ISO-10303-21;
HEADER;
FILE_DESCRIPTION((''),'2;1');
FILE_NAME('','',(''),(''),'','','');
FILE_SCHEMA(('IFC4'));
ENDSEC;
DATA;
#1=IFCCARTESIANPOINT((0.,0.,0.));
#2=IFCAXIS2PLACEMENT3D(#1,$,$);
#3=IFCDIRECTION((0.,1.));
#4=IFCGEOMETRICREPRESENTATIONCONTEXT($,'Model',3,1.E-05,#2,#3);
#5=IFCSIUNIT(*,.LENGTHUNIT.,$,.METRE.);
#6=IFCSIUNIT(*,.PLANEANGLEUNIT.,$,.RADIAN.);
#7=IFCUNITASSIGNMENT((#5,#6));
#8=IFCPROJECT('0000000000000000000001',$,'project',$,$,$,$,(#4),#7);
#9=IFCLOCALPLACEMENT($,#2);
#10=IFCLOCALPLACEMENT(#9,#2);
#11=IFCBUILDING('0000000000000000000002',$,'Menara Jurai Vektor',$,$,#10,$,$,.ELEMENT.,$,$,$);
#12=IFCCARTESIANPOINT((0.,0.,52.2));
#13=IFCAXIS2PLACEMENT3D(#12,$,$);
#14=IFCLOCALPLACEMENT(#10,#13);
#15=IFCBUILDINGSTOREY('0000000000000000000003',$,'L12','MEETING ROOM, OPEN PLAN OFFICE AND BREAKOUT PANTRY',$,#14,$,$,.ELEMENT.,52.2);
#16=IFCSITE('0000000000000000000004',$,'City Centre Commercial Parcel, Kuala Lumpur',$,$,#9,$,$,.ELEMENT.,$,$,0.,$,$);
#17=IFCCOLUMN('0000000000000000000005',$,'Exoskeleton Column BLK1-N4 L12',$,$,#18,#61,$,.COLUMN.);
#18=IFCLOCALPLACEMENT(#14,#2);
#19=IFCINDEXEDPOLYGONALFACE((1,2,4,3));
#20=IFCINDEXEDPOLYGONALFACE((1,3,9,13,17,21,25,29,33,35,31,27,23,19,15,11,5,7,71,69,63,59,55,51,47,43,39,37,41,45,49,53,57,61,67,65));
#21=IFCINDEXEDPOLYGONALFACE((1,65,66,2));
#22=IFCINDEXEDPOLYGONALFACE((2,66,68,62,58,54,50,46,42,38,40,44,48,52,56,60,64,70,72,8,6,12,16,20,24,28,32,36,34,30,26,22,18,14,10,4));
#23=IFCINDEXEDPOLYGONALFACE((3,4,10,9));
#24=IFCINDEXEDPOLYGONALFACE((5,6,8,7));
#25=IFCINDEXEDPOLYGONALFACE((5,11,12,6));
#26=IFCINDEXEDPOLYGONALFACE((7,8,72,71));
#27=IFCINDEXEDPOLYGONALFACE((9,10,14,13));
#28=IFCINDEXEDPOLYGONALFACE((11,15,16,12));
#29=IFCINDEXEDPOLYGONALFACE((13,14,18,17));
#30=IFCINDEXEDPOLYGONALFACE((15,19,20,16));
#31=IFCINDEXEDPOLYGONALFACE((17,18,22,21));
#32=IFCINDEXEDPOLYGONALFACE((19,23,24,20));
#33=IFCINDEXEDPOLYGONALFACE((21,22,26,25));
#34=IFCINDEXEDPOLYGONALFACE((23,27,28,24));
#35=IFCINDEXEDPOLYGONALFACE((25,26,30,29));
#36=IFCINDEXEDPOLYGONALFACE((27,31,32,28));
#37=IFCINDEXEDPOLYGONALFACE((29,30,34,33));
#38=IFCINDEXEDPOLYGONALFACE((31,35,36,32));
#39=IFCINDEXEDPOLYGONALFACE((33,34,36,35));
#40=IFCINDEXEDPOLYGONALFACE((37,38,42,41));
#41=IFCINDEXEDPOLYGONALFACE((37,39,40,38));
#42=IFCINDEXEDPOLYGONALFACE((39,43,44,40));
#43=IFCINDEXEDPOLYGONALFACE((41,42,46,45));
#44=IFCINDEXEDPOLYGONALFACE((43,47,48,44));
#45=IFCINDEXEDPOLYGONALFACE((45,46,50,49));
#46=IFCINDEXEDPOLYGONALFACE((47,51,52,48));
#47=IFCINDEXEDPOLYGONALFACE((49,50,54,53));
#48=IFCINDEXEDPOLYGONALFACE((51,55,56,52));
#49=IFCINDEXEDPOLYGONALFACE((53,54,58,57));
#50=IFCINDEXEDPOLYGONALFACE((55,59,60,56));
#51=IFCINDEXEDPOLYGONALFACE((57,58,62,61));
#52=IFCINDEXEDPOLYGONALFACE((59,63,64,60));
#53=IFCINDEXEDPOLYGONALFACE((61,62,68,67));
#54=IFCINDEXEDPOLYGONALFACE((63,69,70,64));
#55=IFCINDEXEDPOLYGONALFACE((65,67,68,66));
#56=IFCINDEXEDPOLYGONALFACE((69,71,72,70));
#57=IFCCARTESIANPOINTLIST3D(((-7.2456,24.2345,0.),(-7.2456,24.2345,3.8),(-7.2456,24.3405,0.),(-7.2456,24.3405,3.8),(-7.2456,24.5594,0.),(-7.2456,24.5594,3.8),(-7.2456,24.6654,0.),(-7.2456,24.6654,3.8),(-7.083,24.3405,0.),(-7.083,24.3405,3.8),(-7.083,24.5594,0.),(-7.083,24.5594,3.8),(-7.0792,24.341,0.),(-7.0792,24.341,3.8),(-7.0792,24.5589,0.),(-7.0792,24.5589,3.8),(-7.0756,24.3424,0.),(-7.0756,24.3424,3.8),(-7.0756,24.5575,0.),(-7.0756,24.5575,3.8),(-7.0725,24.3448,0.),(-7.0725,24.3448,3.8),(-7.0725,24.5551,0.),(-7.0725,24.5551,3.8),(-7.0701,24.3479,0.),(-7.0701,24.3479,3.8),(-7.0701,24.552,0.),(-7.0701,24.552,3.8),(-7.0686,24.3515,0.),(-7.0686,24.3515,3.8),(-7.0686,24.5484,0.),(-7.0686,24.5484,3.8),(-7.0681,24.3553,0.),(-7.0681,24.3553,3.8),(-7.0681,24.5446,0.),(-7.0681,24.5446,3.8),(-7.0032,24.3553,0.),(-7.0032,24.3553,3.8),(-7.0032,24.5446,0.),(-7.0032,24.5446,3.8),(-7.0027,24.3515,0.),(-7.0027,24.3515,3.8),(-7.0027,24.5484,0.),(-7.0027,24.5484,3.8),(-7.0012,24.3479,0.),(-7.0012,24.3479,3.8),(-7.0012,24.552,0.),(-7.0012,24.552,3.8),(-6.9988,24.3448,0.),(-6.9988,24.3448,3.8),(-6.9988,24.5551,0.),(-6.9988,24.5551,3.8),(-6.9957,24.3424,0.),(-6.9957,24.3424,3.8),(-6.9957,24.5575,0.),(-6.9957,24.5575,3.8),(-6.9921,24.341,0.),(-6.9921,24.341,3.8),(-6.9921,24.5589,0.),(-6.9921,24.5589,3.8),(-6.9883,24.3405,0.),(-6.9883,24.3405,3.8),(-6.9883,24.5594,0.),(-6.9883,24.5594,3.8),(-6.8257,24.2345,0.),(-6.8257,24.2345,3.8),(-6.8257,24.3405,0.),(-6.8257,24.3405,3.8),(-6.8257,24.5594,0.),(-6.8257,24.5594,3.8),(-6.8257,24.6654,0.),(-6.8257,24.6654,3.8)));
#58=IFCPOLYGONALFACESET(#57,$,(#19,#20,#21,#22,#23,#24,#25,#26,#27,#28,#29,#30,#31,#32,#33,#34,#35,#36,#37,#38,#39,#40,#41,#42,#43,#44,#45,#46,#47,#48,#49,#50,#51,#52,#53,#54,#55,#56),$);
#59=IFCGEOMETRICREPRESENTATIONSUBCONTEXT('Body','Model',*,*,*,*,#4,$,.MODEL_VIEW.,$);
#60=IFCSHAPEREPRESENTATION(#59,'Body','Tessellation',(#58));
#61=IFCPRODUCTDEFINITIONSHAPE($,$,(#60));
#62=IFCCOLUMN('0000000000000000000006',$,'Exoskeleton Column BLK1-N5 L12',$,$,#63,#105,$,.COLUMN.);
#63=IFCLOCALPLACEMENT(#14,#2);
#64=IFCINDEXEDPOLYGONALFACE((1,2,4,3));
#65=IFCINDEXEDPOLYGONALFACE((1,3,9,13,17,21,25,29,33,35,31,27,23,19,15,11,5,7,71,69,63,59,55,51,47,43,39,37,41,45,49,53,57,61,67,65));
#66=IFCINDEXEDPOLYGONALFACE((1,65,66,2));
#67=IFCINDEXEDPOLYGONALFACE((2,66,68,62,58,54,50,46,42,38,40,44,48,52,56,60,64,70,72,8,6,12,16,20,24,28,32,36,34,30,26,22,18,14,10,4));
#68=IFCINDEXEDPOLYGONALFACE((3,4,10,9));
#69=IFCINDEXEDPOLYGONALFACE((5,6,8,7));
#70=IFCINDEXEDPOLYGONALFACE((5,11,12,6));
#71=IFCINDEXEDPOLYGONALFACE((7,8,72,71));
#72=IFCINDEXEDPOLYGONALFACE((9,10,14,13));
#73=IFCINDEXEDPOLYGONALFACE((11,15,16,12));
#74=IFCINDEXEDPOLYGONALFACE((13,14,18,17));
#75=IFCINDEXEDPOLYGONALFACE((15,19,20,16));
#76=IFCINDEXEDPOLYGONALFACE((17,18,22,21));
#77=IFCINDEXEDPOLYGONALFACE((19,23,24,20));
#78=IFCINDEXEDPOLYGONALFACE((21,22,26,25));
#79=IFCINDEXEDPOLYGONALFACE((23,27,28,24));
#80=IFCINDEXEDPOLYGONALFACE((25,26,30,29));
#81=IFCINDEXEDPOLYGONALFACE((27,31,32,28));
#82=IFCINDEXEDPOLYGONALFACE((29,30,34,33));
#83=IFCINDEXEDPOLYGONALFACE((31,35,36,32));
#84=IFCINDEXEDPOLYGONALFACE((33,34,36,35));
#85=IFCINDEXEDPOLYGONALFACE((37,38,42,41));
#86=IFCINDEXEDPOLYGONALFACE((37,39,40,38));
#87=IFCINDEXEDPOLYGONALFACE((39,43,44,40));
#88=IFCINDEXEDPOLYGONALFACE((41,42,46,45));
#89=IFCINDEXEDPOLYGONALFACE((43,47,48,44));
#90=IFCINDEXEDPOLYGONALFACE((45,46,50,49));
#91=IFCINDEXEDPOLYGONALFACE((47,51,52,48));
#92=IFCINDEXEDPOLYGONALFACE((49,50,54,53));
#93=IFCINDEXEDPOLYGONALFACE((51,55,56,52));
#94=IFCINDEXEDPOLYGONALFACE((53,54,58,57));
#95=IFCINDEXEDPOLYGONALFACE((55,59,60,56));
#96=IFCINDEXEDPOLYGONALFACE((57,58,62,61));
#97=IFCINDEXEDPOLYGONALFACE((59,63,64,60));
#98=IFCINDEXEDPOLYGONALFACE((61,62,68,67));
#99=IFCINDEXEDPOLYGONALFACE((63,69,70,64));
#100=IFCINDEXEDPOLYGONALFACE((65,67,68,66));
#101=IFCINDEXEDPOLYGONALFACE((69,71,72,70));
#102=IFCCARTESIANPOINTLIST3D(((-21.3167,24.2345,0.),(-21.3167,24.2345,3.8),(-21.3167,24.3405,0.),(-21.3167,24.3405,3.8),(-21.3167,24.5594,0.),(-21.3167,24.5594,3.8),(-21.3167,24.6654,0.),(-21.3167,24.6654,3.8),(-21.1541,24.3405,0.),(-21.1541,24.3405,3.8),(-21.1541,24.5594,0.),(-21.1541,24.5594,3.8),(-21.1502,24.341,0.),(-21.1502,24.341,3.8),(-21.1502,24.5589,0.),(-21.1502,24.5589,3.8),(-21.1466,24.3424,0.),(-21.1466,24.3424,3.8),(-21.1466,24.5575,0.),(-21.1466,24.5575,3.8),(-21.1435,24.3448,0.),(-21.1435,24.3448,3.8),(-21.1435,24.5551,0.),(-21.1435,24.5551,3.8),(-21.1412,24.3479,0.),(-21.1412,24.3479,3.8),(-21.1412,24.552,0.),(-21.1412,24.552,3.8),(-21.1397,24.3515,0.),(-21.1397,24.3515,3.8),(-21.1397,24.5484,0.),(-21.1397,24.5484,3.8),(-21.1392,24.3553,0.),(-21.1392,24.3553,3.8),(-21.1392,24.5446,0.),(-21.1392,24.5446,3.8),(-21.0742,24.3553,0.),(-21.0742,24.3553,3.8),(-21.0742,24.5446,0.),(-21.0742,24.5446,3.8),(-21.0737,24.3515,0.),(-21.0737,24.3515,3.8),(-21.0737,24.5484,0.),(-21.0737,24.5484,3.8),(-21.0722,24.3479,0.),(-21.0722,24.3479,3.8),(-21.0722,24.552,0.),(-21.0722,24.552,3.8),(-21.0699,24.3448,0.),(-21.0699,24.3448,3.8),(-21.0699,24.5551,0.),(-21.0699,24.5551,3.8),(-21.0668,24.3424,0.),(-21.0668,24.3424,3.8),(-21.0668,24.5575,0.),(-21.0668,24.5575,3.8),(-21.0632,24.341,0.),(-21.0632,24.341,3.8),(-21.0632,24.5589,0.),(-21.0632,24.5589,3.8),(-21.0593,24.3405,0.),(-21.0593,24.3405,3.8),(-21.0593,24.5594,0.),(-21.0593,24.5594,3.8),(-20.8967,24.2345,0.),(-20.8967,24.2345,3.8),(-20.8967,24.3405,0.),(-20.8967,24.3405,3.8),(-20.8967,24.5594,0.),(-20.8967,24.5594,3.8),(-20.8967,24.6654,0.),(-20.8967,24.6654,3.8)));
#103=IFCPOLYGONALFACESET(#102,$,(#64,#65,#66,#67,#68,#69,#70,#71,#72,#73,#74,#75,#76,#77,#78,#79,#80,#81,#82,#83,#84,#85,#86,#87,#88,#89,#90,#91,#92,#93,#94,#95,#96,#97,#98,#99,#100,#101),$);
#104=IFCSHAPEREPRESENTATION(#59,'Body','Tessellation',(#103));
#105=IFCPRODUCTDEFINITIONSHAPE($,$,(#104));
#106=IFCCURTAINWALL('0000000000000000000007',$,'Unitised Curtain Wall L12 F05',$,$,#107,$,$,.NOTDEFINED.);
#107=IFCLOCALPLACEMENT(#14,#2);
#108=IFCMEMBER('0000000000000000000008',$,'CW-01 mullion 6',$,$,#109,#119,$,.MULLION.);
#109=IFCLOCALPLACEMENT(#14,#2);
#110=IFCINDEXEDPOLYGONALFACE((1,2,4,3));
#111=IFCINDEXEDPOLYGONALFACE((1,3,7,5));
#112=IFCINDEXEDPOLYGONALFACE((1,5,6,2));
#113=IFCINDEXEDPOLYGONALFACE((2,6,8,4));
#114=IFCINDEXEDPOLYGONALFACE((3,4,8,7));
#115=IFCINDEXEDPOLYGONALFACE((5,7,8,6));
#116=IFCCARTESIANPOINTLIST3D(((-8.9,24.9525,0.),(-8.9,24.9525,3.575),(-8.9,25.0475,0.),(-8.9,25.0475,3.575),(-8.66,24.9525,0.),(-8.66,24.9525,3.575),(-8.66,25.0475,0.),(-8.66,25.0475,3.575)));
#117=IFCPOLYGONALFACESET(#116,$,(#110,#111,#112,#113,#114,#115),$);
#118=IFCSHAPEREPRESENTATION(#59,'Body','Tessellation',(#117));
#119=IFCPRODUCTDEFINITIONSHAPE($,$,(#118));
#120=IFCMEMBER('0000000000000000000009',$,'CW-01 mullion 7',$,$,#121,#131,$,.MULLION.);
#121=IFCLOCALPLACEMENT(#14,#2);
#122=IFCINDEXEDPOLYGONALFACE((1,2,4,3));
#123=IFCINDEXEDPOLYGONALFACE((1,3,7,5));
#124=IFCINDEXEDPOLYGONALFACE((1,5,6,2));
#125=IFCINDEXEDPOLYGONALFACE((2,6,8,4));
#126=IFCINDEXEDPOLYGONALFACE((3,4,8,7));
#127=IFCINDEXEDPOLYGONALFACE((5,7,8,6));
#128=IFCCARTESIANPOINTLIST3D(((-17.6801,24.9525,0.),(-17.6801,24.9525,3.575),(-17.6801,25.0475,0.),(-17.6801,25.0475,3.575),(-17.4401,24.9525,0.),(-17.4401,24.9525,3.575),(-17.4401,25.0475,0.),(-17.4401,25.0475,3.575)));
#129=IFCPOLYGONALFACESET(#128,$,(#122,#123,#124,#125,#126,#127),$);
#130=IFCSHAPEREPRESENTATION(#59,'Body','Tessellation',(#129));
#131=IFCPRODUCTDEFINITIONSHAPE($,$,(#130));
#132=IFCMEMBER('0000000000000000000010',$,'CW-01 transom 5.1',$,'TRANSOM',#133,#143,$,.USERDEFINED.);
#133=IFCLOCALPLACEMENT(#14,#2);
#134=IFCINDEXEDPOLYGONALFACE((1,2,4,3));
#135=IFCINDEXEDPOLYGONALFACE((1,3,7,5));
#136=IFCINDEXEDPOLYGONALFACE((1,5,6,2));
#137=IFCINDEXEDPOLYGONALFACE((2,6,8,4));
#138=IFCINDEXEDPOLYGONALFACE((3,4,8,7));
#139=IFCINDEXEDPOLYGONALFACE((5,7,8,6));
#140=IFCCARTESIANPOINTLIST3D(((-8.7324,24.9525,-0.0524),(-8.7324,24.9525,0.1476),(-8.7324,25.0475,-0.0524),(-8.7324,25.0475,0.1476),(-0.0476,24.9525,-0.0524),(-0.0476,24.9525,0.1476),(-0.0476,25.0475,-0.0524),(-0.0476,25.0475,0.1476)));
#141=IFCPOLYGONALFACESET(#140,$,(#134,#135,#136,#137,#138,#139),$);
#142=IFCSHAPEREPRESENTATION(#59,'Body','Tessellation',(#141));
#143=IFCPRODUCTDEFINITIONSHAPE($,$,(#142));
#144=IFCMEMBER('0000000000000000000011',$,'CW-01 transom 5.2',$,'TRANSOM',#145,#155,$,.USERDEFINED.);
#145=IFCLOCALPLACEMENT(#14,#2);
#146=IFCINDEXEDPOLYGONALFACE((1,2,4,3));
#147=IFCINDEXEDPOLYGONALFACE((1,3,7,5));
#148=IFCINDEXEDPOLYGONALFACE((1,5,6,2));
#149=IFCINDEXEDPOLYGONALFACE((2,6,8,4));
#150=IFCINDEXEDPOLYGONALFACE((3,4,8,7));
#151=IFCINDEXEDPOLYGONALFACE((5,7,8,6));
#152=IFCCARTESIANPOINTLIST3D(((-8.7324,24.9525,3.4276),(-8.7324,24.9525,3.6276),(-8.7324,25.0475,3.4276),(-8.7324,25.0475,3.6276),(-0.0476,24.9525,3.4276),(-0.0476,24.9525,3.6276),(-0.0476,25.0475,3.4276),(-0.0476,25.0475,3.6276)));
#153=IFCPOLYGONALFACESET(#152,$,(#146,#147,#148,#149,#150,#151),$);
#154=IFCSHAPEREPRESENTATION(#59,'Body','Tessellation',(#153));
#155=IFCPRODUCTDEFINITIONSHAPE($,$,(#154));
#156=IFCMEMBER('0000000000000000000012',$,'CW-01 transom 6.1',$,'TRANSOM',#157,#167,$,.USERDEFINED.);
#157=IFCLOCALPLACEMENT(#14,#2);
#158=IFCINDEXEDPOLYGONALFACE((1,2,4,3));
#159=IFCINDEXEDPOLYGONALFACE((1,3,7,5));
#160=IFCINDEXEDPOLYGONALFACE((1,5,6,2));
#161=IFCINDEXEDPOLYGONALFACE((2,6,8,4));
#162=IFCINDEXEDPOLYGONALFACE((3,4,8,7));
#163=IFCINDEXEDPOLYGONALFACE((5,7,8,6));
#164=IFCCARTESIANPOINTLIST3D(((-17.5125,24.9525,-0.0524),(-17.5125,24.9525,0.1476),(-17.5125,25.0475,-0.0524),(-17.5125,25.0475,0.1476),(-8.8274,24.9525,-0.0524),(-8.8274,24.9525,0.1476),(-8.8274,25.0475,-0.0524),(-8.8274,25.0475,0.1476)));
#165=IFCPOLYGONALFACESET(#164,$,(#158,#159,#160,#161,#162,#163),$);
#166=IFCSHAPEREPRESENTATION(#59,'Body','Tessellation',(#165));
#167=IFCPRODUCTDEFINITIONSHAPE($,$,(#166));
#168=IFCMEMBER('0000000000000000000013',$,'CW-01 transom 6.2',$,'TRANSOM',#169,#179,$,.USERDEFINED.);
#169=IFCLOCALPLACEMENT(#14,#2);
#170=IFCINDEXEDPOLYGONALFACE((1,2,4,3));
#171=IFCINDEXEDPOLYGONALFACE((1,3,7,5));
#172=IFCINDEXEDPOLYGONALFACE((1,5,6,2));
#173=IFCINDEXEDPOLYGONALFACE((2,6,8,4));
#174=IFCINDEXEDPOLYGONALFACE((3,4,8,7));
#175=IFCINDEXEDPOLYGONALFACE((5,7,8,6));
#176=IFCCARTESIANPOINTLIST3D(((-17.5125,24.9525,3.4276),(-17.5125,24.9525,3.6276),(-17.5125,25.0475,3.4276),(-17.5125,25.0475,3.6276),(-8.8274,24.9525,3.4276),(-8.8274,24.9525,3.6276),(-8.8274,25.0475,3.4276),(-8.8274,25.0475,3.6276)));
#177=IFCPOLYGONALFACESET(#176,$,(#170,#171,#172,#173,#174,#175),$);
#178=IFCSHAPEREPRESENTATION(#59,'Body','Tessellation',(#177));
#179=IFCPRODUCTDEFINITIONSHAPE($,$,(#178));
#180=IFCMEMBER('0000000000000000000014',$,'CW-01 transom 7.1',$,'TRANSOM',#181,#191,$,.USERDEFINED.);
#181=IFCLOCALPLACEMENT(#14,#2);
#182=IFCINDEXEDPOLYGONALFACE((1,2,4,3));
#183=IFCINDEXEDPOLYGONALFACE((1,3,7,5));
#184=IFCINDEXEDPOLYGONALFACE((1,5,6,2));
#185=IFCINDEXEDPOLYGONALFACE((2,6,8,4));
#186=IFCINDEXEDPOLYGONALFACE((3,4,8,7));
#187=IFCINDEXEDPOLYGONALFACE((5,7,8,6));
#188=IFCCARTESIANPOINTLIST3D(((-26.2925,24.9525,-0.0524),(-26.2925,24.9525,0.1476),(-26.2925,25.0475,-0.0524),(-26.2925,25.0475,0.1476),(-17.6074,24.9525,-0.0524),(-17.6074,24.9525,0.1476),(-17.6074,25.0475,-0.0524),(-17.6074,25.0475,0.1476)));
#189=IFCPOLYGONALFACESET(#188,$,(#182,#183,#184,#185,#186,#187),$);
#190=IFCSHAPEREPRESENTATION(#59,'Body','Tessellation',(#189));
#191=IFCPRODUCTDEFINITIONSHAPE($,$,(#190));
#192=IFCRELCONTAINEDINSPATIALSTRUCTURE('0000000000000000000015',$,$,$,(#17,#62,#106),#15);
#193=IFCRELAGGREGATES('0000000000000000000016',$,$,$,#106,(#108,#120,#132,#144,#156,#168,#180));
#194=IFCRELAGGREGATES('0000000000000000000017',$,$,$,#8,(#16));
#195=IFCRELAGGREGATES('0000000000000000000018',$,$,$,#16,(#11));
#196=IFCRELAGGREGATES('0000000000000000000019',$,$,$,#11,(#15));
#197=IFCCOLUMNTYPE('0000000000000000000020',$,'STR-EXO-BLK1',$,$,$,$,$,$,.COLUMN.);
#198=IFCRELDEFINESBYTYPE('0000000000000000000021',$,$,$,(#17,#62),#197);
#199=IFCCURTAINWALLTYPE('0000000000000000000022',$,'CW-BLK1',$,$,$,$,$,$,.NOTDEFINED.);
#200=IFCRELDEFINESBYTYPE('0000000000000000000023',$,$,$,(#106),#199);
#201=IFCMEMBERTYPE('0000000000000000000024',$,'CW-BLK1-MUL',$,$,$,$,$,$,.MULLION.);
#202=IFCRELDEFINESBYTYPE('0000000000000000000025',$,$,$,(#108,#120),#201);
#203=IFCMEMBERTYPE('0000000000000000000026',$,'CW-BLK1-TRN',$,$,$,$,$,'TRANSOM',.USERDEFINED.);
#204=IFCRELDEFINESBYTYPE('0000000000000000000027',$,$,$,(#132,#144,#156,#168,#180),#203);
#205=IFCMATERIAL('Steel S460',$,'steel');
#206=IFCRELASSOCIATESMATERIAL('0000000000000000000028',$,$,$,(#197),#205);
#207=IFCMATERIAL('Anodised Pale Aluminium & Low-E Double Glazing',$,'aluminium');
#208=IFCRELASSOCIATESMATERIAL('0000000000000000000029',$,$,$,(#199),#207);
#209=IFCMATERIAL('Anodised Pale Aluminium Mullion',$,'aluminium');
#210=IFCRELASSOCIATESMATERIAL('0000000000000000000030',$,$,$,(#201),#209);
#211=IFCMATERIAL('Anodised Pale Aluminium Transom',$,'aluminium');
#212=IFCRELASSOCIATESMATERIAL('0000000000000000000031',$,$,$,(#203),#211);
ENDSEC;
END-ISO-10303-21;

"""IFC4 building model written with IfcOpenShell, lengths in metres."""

from ifc_helpers import new_model, si_unit, direction, frame, origin, origin_2d, place, context, subcontext, project, spatial, rectangle, i_section, extrude, material, material_profile, profile_set, type_object, element, aggregate, save


model = new_model("IFC4")

# Units and contexts
model_context = context("Model", 3, precision=1e-05, world=origin(), true_north=direction((0.0, 1.0)))
body_context = subcontext(model_context, "Body", "Model", "MODEL_VIEW")
ifc_project = project(units=[si_unit("LENGTHUNIT", "METRE"), si_unit("PLANEANGLEUNIT", "RADIAN")], contexts=[model_context])

# Site, building, storey
site_placement = place(None, origin())
site = spatial("IfcSite", under=ifc_project, at=site_placement, Name="City Centre Commercial Parcel, Kuala Lumpur", CompositionType="ELEMENT", RefElevation=0.0)
building_placement = place(site_placement, origin())
building = spatial("IfcBuilding", under=site, at=building_placement, Name="Menara Jurai Vektor", CompositionType="ELEMENT")
storey_placement = place(building_placement, frame((0.0, 0.0, 52.2)))
storey = spatial("IfcBuildingStorey", under=building, at=storey_placement, Name="L12", Description="MEETING ROOM, OPEN PLAN OFFICE AND BREAKOUT PANTRY", CompositionType="ELEMENT", Elevation=52.2)

# Columns
ifc_material_1 = material(Name="Steel S460", Category="steel")
ifc_material_profile_1 = material_profile(ifc_material_1, i_section(OverallWidth=0.4199, OverallDepth=0.4309, WebThickness=0.0649, FlangeThickness=0.106, FilletRadius=0.0149, at=origin_2d()), Name="HD 400x900")
ifc_profile_set_1 = profile_set([ifc_material_profile_1], Name="Steel S460")
column_type = type_object("IfcColumnType", Name="STR-EXO-BLK1", PredefinedType="COLUMN", material=ifc_profile_set_1)
for number, where, z_axis, x_axis, name in (
    (1, (-7.0356, 24.45, 0.0), (0.0, 0.0, 1.0), (1.0, 0.0, 0.0), "Exoskeleton Column BLK1-N4 L12"),
    (2, (-21.1067, 24.45, 0.0), (0.0, 0.0, 1.0), (1.0, 0.0, 0.0), "Exoskeleton Column BLK1-N5 L12"),
):
    element("IfcColumn", number, at=place(storey_placement, frame(where, z_axis=z_axis, x_axis=x_axis)), inside=storey, type_object=column_type, Name=name, PredefinedType="COLUMN", context=body_context, shape_type="SweptSolid", body=[
        extrude(i_section(OverallWidth=0.4199, OverallDepth=0.4309, WebThickness=0.0649, FlangeThickness=0.106, FilletRadius=0.0149, at=origin_2d()), origin(), (0.0, 0.0, 1.0), 3.8),
    ])

# Curtain wall, members
ifc_material_2 = material(Name="Anodised Pale Aluminium & Low-E Double Glazing", Category="aluminium")
curtain_wall_type = type_object("IfcCurtainWallType", Name="CW-BLK1", PredefinedType="NOTDEFINED", material=ifc_material_2)
curtain_wall_placement = place(storey_placement, origin())
curtain_wall = element("IfcCurtainWall", 3, at=curtain_wall_placement, inside=storey, type_object=curtain_wall_type, Name="Unitised Curtain Wall L12 F05", PredefinedType="NOTDEFINED")
ifc_material_3 = material(Name="Anodised Pale Aluminium Mullion", Category="aluminium")
ifc_material_profile_2 = material_profile(ifc_material_3, rectangle(XDim=0.095, YDim=0.24, at=origin_2d()), Name="ALU MUL 95x240")
ifc_profile_set_2 = profile_set([ifc_material_profile_2], Name="Anodised Pale Aluminium Mullion")
member_type_1 = type_object("IfcMemberType", Name="CW-BLK1-MUL", PredefinedType="MULLION", material=ifc_profile_set_2)
member_1_placement = place(storey_placement, frame((-8.78, 25.0, 0.0), z_axis=(0.0, 0.0, 1.0), x_axis=(0.0, -1.0, 0.0)))
member_1 = element("IfcMember", 4, at=member_1_placement, type_object=member_type_1, Name="CW-01 mullion 6", PredefinedType="MULLION", context=body_context, shape_type="SweptSolid", body=[
    extrude(rectangle(XDim=0.095, YDim=0.24, at=origin_2d()), origin(), (0.0, 0.0, 1.0), 3.575),
])
member_2_placement = place(storey_placement, frame((-17.5601, 25.0, 0.0), z_axis=(0.0, 0.0, 1.0), x_axis=(0.0, -1.0, 0.0)))
member_2 = element("IfcMember", 5, at=member_2_placement, type_object=member_type_1, Name="CW-01 mullion 7", PredefinedType="MULLION", context=body_context, shape_type="SweptSolid", body=[
    extrude(rectangle(XDim=0.095, YDim=0.24, at=origin_2d()), origin(), (0.0, 0.0, 1.0), 3.575),
])
ifc_material_4 = material(Name="Anodised Pale Aluminium Transom", Category="aluminium")
ifc_material_profile_3 = material_profile(ifc_material_4, rectangle(XDim=0.095, YDim=0.2, at=origin_2d()), Name="ALU TRN 95x200")
ifc_profile_set_3 = profile_set([ifc_material_profile_3], Name="Anodised Pale Aluminium Transom")
member_type_2 = type_object("IfcMemberType", Name="CW-BLK1-TRN", ElementType="TRANSOM", PredefinedType="USERDEFINED", material=ifc_profile_set_3)
member_3_placement = place(storey_placement, frame((-0.0476, 25.0, 0.0476), z_axis=(-1.0, 0.0, 0.0), x_axis=(0.0, -1.0, 0.0)))
member_3 = element("IfcMember", 6, at=member_3_placement, type_object=member_type_2, Name="CW-01 transom 5.1", ObjectType="TRANSOM", PredefinedType="USERDEFINED", context=body_context, shape_type="SweptSolid", body=[
    extrude(rectangle(XDim=0.095, YDim=0.2, at=origin_2d()), origin(), (0.0, 0.0, 1.0), 8.6848),
])
member_4_placement = place(storey_placement, frame((-0.0476, 25.0, 3.5276), z_axis=(-1.0, 0.0, 0.0), x_axis=(0.0, -1.0, 0.0)))
member_4 = element("IfcMember", 7, at=member_4_placement, type_object=member_type_2, Name="CW-01 transom 5.2", ObjectType="TRANSOM", PredefinedType="USERDEFINED", context=body_context, shape_type="SweptSolid", body=[
    extrude(rectangle(XDim=0.095, YDim=0.2, at=origin_2d()), origin(), (0.0, 0.0, 1.0), 8.6848),
])
member_5_placement = place(storey_placement, frame((-8.8274, 25.0, 0.0476), z_axis=(-1.0, 0.0, 0.0), x_axis=(0.0, -1.0, 0.0)))
member_5 = element("IfcMember", 8, at=member_5_placement, type_object=member_type_2, Name="CW-01 transom 6.1", ObjectType="TRANSOM", PredefinedType="USERDEFINED", context=body_context, shape_type="SweptSolid", body=[
    extrude(rectangle(XDim=0.095, YDim=0.2, at=origin_2d()), origin(), (0.0, 0.0, 1.0), 8.6851),
])
member_6_placement = place(storey_placement, frame((-8.8274, 25.0, 3.5276), z_axis=(-1.0, 0.0, 0.0), x_axis=(0.0, -1.0, 0.0)))
member_6 = element("IfcMember", 9, at=member_6_placement, type_object=member_type_2, Name="CW-01 transom 6.2", ObjectType="TRANSOM", PredefinedType="USERDEFINED", context=body_context, shape_type="SweptSolid", body=[
    extrude(rectangle(XDim=0.095, YDim=0.2, at=origin_2d()), origin(), (0.0, 0.0, 1.0), 8.6851),
])
member_7_placement = place(storey_placement, frame((-17.6074, 25.0, 0.0476), z_axis=(-1.0, 0.0, 0.0), x_axis=(0.0, -1.0, 0.0)))
member_7 = element("IfcMember", 10, at=member_7_placement, type_object=member_type_2, Name="CW-01 transom 7.1", ObjectType="TRANSOM", PredefinedType="USERDEFINED", context=body_context, shape_type="SweptSolid", body=[
    extrude(rectangle(XDim=0.095, YDim=0.2, at=origin_2d()), origin(), (0.0, 0.0, 1.0), 8.6851),
])

aggregate(curtain_wall, [member_1, member_2, member_3, member_4, member_5, member_6, member_7])

save(model, "model.ifc")
